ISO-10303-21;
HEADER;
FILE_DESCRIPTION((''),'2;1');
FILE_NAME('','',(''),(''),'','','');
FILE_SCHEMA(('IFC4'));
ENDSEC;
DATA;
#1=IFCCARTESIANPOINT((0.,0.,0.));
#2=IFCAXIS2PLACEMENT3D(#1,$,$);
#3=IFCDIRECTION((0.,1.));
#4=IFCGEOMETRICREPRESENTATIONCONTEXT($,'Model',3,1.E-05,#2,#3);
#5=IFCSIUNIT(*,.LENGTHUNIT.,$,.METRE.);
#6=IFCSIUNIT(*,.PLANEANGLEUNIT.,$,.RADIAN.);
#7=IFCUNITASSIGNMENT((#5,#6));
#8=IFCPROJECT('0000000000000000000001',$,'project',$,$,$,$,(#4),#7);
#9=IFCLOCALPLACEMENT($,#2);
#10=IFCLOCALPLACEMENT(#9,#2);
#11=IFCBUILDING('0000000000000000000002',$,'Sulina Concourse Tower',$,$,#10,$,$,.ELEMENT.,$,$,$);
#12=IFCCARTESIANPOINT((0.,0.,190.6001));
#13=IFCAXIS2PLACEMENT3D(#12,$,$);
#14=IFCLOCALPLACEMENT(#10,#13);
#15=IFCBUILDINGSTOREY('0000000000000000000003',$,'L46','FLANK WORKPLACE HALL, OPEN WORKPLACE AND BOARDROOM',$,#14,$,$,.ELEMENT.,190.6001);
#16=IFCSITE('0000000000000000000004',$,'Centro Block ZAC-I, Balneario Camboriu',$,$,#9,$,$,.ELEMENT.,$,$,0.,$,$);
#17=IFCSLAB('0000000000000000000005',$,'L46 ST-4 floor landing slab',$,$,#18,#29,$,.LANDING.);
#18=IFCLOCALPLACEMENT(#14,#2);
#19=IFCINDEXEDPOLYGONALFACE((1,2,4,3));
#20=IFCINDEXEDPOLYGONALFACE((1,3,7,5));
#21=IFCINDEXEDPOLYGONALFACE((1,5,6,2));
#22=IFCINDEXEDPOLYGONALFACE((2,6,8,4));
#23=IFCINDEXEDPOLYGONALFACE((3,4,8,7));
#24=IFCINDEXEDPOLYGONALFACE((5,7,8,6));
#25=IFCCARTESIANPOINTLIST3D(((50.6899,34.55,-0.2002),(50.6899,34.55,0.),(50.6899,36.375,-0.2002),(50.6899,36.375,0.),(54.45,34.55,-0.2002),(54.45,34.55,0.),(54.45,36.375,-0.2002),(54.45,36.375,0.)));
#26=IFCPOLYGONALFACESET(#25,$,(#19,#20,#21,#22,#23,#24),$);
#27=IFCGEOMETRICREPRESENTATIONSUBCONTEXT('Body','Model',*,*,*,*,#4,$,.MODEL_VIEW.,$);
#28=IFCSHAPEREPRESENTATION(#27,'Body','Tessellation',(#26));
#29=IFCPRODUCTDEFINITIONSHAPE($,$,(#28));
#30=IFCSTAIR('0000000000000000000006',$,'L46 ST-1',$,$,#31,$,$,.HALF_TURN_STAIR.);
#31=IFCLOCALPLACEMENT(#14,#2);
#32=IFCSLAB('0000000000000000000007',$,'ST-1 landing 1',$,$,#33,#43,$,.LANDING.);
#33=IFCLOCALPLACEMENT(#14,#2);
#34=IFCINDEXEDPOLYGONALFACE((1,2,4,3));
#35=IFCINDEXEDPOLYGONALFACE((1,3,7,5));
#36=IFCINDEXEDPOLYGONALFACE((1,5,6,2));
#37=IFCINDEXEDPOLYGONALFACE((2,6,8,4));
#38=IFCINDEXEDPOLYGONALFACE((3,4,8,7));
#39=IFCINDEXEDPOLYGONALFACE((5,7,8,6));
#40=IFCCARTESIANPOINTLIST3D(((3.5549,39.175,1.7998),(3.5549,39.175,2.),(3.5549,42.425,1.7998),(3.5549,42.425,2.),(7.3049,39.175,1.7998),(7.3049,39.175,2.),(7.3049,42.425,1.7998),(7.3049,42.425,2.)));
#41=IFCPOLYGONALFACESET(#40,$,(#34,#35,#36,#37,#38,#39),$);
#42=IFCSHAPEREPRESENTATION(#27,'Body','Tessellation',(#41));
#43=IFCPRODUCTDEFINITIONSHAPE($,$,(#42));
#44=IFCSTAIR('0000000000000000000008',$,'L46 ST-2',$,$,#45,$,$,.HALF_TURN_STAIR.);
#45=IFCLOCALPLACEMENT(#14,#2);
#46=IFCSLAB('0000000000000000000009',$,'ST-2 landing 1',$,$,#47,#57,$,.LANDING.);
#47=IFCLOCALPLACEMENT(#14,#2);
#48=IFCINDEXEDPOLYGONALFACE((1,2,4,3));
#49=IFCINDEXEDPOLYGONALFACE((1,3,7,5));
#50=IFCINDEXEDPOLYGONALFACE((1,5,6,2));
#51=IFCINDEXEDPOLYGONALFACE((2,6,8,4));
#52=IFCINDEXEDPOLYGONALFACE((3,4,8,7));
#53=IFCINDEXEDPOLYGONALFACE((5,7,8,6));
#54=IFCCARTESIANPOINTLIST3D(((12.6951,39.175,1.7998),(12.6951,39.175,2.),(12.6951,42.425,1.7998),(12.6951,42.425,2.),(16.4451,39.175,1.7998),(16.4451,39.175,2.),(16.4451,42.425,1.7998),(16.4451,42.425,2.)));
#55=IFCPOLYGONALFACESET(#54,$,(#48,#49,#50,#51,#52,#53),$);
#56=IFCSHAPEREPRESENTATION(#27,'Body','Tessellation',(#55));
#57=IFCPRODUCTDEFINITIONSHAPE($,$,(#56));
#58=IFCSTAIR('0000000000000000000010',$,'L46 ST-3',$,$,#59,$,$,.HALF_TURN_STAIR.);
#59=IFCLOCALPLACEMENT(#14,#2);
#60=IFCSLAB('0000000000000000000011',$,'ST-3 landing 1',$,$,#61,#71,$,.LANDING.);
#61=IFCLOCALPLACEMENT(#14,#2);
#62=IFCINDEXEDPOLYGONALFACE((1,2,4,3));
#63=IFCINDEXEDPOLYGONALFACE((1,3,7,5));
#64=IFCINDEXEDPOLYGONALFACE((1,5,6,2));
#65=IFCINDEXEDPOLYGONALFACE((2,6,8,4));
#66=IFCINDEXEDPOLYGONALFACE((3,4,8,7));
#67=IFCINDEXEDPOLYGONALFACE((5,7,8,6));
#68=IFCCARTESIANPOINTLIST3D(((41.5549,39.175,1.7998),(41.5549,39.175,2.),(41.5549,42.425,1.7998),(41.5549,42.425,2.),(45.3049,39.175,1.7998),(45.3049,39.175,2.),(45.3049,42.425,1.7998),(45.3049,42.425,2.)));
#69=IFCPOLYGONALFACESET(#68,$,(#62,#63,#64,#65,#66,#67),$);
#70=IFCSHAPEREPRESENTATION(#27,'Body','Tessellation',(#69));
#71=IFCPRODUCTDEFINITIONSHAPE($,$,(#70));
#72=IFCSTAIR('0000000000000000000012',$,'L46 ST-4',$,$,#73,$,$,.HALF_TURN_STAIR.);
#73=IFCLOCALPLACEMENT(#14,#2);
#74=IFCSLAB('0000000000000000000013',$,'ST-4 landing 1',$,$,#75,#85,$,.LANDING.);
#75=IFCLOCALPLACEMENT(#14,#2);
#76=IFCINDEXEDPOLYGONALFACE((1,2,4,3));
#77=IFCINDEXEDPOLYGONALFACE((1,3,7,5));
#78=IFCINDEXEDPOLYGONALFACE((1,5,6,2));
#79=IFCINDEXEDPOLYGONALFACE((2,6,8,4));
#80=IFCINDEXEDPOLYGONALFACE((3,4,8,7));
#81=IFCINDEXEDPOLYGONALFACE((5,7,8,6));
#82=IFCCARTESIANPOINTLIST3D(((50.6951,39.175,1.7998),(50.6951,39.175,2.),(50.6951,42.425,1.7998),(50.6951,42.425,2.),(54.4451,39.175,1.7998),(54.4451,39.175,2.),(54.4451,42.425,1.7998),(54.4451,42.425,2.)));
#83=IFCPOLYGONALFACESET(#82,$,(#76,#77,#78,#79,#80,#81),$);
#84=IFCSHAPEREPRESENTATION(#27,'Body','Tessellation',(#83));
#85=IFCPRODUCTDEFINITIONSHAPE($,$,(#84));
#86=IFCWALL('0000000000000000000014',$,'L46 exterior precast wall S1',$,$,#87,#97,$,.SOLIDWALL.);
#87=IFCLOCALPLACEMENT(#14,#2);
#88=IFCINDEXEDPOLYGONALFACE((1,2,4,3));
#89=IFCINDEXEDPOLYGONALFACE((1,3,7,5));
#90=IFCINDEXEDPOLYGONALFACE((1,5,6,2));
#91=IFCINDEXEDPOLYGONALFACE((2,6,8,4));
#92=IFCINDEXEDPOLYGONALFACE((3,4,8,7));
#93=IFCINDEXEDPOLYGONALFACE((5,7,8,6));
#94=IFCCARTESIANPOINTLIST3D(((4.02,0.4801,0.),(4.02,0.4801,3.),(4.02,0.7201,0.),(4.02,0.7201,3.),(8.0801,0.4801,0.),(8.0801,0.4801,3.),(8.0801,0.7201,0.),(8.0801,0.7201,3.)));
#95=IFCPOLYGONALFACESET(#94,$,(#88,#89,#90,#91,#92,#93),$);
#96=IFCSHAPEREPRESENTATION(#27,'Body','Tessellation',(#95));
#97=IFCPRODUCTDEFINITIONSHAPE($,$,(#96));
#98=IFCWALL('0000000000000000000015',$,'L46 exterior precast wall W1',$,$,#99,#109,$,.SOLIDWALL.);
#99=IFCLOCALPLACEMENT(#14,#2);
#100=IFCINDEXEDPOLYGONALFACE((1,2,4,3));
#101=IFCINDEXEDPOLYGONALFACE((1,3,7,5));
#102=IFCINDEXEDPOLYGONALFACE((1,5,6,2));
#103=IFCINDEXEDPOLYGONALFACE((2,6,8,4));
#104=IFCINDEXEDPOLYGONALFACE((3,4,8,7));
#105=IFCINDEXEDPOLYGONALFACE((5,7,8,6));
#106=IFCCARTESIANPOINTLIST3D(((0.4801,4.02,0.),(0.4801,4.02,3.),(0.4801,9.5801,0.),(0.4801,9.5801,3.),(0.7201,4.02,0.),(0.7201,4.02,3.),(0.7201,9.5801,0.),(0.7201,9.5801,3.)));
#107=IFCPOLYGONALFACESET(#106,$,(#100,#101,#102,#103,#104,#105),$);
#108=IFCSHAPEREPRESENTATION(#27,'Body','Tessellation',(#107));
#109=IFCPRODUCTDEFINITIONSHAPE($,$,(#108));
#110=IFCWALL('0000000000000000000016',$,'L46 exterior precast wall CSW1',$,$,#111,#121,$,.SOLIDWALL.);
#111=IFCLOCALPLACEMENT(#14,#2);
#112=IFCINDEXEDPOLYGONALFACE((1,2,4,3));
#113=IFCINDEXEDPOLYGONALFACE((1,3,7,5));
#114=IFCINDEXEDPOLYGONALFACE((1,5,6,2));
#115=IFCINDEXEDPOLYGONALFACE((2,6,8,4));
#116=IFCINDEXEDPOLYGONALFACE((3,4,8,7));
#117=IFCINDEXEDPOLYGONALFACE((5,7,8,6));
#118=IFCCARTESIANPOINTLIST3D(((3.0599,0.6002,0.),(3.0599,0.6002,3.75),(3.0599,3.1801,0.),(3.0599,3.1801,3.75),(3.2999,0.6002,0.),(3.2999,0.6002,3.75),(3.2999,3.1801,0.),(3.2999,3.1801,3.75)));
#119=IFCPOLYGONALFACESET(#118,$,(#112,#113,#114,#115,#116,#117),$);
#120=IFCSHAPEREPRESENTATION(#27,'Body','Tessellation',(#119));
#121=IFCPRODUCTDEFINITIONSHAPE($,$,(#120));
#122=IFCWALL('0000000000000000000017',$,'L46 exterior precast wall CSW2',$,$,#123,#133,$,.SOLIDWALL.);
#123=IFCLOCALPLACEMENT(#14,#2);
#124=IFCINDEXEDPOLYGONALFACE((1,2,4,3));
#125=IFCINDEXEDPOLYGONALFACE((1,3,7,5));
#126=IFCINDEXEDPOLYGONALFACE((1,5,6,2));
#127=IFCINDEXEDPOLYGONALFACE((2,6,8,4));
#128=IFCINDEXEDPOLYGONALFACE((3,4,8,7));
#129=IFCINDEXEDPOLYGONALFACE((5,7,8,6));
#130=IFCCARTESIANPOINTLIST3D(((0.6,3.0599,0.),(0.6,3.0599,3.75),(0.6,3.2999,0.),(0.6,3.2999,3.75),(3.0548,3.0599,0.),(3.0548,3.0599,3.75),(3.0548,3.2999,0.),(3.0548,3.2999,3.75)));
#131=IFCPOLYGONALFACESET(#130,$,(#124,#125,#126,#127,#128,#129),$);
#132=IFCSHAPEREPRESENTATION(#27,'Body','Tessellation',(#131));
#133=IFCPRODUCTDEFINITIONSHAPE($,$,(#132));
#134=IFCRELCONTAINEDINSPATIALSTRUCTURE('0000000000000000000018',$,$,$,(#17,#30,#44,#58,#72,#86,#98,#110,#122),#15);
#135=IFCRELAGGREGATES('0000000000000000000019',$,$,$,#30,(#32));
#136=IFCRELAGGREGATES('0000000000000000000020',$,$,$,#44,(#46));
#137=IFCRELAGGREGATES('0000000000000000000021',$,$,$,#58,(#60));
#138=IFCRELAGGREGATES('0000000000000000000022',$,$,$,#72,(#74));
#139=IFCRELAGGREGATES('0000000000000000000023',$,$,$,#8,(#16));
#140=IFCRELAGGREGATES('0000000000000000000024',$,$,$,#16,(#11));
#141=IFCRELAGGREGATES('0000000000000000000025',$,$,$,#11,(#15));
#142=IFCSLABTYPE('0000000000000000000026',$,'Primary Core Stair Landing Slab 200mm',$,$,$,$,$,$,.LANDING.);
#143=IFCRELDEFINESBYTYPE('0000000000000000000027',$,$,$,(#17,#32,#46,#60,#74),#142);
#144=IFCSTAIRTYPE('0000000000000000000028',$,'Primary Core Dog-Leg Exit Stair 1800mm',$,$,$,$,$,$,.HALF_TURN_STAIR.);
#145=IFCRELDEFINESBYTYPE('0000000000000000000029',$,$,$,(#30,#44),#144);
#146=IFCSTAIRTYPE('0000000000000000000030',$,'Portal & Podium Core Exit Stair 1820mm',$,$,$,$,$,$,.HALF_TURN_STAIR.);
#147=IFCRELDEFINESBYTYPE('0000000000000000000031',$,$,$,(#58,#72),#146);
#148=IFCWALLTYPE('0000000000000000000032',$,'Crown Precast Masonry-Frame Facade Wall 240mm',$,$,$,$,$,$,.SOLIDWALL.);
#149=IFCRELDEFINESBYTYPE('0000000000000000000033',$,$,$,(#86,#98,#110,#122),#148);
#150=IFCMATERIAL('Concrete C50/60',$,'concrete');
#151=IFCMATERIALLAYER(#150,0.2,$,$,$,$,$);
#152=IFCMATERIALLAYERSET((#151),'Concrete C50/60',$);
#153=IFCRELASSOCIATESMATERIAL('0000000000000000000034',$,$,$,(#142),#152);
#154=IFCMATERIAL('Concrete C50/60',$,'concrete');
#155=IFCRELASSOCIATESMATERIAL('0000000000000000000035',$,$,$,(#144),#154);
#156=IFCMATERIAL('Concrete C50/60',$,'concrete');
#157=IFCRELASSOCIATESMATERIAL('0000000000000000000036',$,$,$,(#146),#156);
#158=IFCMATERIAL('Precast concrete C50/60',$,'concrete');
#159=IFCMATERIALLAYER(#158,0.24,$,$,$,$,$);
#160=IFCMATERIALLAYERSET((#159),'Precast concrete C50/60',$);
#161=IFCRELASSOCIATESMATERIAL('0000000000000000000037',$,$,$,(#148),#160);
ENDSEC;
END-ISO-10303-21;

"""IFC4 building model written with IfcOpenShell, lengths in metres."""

from ifc_helpers import new_model, si_unit, direction, frame, frame_2d, origin, place, context, subcontext, project, spatial, polyline, rectangle, outline, extrude, material, layer, layer_set, type_object, element, aggregate, save


model = new_model("IFC4")

# Units and contexts
model_context = context("Model", 3, precision=1e-05, world=origin(), true_north=direction((0.0, 1.0)))
body_context = subcontext(model_context, "Body", "Model", "MODEL_VIEW")
ifc_project = project(units=[si_unit("LENGTHUNIT", "METRE"), si_unit("PLANEANGLEUNIT", "RADIAN")], contexts=[model_context])

# Site, building, storey
site_placement = place(None, origin())
site = spatial("IfcSite", under=ifc_project, at=site_placement, Name="Centro Block ZAC-I, Balneario Camboriu", CompositionType="ELEMENT", RefElevation=0.0)
building_placement = place(site_placement, origin())
building = spatial("IfcBuilding", under=site, at=building_placement, Name="Sulina Concourse Tower", CompositionType="ELEMENT")
storey_placement = place(building_placement, frame((0.0, 0.0, 190.6001)))
storey = spatial("IfcBuildingStorey", under=building, at=storey_placement, Name="L46", Description="FLANK WORKPLACE HALL, OPEN WORKPLACE AND BOARDROOM", CompositionType="ELEMENT", Elevation=190.6001)

# Slab
ifc_material_1 = material(Name="Concrete C50/60", Category="concrete")
ifc_layer_1 = layer(ifc_material_1, 0.2)
ifc_layer_set_1 = layer_set([ifc_layer_1], Name="Concrete C50/60")
slab_type_1 = type_object("IfcSlabType", Name="Primary Core Stair Landing Slab 200mm", PredefinedType="LANDING", material=ifc_layer_set_1)
slab_1_placement = place(storey_placement, frame((0.0, 0.0, -0.2002)))
element("IfcSlab", 1, at=slab_1_placement, inside=storey, type_object=slab_type_1, Name="L46 ST-4 floor landing slab", PredefinedType="LANDING", context=body_context, shape_type="SweptSolid", body=[
    extrude(outline(polyline([(54.45, 34.55), (54.45, 36.375), (50.6899, 36.375), (50.6899, 34.55), (54.45, 34.55)])), origin(), (0.0, 0.0, 1.0), 0.2002),
])

# Stairs, slabs
ifc_material_2 = material(Name="Concrete C50/60", Category="concrete")
stair_type_1 = type_object("IfcStairType", Name="Primary Core Dog-Leg Exit Stair 1800mm", PredefinedType="HALF_TURN_STAIR", material=ifc_material_2)
stair_1_placement = place(storey_placement, origin())
stair_1 = element("IfcStair", 2, at=stair_1_placement, inside=storey, type_object=stair_type_1, Name="L46 ST-1", PredefinedType="HALF_TURN_STAIR")
slab_2_placement = place(storey_placement, frame((0.0, 0.0, 1.7998)))
slab_2 = element("IfcSlab", 3, at=slab_2_placement, type_object=slab_type_1, Name="ST-1 landing 1", PredefinedType="LANDING", context=body_context, shape_type="SweptSolid", body=[
    extrude(outline(polyline([(7.3049, 39.175), (7.3049, 42.425), (3.5549, 42.425), (3.5549, 39.175), (7.3049, 39.175)])), origin(), (0.0, 0.0, 1.0), 0.2002),
])
aggregate(stair_1, [slab_2])
stair_2_placement = place(storey_placement, origin())
stair_2 = element("IfcStair", 4, at=stair_2_placement, inside=storey, type_object=stair_type_1, Name="L46 ST-2", PredefinedType="HALF_TURN_STAIR")
slab_3_placement = place(storey_placement, frame((0.0, 0.0, 1.7998)))
slab_3 = element("IfcSlab", 5, at=slab_3_placement, type_object=slab_type_1, Name="ST-2 landing 1", PredefinedType="LANDING", context=body_context, shape_type="SweptSolid", body=[
    extrude(outline(polyline([(16.4451, 39.175), (16.4451, 42.425), (12.6951, 42.425), (12.6951, 39.175), (16.4451, 39.175)])), origin(), (0.0, 0.0, 1.0), 0.2002),
])
aggregate(stair_2, [slab_3])
ifc_material_3 = material(Name="Concrete C50/60", Category="concrete")
stair_type_2 = type_object("IfcStairType", Name="Portal & Podium Core Exit Stair 1820mm", PredefinedType="HALF_TURN_STAIR", material=ifc_material_3)
stair_3_placement = place(storey_placement, origin())
stair_3 = element("IfcStair", 6, at=stair_3_placement, inside=storey, type_object=stair_type_2, Name="L46 ST-3", PredefinedType="HALF_TURN_STAIR")
slab_4_placement = place(storey_placement, frame((0.0, 0.0, 1.7998)))
slab_4 = element("IfcSlab", 7, at=slab_4_placement, type_object=slab_type_1, Name="ST-3 landing 1", PredefinedType="LANDING", context=body_context, shape_type="SweptSolid", body=[
    extrude(outline(polyline([(45.3049, 39.175), (45.3049, 42.425), (41.5549, 42.425), (41.5549, 39.175), (45.3049, 39.175)])), origin(), (0.0, 0.0, 1.0), 0.2002),
])
aggregate(stair_3, [slab_4])
stair_4_placement = place(storey_placement, origin())
stair_4 = element("IfcStair", 8, at=stair_4_placement, inside=storey, type_object=stair_type_2, Name="L46 ST-4", PredefinedType="HALF_TURN_STAIR")
slab_5_placement = place(storey_placement, frame((0.0, 0.0, 1.7998)))
slab_5 = element("IfcSlab", 9, at=slab_5_placement, type_object=slab_type_1, Name="ST-4 landing 1", PredefinedType="LANDING", context=body_context, shape_type="SweptSolid", body=[
    extrude(outline(polyline([(54.4451, 39.175), (54.4451, 42.425), (50.6951, 42.425), (50.6951, 39.175), (54.4451, 39.175)])), origin(), (0.0, 0.0, 1.0), 0.2002),
])
aggregate(stair_4, [slab_5])

# Walls
ifc_material_4 = material(Name="Precast concrete C50/60", Category="concrete")
ifc_layer_2 = layer(ifc_material_4, 0.24)
ifc_layer_set_2 = layer_set([ifc_layer_2], Name="Precast concrete C50/60")
wall_type = type_object("IfcWallType", Name="Crown Precast Masonry-Frame Facade Wall 240mm", PredefinedType="SOLIDWALL", material=ifc_layer_set_2)
wall_1_placement = place(storey_placement, frame((8.0801, 0.6001, 0.0), z_axis=(0.0, 0.0, 1.0), x_axis=(-1.0, 0.0, 0.0)))
element("IfcWall", 10, at=wall_1_placement, inside=storey, type_object=wall_type, Name="L46 exterior precast wall S1", PredefinedType="SOLIDWALL", context=body_context, shape_type="SweptSolid", body=[
    extrude(rectangle(XDim=4.0601, YDim=0.24, at=frame_2d((2.03, 0.0))), origin(), (0.0, 0.0, 1.0), 3.0),
])
wall_2_placement = place(storey_placement, frame((0.6001, 4.02, 0.0), z_axis=(0.0, 0.0, 1.0), x_axis=(0.0, 1.0, 0.0)))
element("IfcWall", 11, at=wall_2_placement, inside=storey, type_object=wall_type, Name="L46 exterior precast wall W1", PredefinedType="SOLIDWALL", context=body_context, shape_type="SweptSolid", body=[
    extrude(rectangle(XDim=5.5601, YDim=0.24, at=frame_2d((2.78, 0.0))), origin(), (0.0, 0.0, 1.0), 3.0),
])
wall_3_placement = place(storey_placement, frame((3.1799, 0.6001, 0.0), z_axis=(0.0, 0.0, 1.0), x_axis=(0.0, 1.0, 0.0)))
element("IfcWall", 12, at=wall_3_placement, inside=storey, type_object=wall_type, Name="L46 exterior precast wall CSW1", PredefinedType="SOLIDWALL", context=body_context, shape_type="SweptSolid", body=[
    extrude(rectangle(XDim=2.5798, YDim=0.24, at=frame_2d((1.29, 0.0))), origin(), (0.0, 0.0, 1.0), 3.75),
])
wall_4_placement = place(storey_placement, frame((3.0549, 3.1799, 0.0), z_axis=(0.0, 0.0, 1.0), x_axis=(-1.0, 0.0, 0.0)))
element("IfcWall", 13, at=wall_4_placement, inside=storey, type_object=wall_type, Name="L46 exterior precast wall CSW2", PredefinedType="SOLIDWALL", context=body_context, shape_type="SweptSolid", body=[
    extrude(rectangle(XDim=2.4548, YDim=0.24, at=frame_2d((1.2275, 0.0))), origin(), (0.0, 0.0, 1.0), 3.75),
])

save(model, "model.ifc")
